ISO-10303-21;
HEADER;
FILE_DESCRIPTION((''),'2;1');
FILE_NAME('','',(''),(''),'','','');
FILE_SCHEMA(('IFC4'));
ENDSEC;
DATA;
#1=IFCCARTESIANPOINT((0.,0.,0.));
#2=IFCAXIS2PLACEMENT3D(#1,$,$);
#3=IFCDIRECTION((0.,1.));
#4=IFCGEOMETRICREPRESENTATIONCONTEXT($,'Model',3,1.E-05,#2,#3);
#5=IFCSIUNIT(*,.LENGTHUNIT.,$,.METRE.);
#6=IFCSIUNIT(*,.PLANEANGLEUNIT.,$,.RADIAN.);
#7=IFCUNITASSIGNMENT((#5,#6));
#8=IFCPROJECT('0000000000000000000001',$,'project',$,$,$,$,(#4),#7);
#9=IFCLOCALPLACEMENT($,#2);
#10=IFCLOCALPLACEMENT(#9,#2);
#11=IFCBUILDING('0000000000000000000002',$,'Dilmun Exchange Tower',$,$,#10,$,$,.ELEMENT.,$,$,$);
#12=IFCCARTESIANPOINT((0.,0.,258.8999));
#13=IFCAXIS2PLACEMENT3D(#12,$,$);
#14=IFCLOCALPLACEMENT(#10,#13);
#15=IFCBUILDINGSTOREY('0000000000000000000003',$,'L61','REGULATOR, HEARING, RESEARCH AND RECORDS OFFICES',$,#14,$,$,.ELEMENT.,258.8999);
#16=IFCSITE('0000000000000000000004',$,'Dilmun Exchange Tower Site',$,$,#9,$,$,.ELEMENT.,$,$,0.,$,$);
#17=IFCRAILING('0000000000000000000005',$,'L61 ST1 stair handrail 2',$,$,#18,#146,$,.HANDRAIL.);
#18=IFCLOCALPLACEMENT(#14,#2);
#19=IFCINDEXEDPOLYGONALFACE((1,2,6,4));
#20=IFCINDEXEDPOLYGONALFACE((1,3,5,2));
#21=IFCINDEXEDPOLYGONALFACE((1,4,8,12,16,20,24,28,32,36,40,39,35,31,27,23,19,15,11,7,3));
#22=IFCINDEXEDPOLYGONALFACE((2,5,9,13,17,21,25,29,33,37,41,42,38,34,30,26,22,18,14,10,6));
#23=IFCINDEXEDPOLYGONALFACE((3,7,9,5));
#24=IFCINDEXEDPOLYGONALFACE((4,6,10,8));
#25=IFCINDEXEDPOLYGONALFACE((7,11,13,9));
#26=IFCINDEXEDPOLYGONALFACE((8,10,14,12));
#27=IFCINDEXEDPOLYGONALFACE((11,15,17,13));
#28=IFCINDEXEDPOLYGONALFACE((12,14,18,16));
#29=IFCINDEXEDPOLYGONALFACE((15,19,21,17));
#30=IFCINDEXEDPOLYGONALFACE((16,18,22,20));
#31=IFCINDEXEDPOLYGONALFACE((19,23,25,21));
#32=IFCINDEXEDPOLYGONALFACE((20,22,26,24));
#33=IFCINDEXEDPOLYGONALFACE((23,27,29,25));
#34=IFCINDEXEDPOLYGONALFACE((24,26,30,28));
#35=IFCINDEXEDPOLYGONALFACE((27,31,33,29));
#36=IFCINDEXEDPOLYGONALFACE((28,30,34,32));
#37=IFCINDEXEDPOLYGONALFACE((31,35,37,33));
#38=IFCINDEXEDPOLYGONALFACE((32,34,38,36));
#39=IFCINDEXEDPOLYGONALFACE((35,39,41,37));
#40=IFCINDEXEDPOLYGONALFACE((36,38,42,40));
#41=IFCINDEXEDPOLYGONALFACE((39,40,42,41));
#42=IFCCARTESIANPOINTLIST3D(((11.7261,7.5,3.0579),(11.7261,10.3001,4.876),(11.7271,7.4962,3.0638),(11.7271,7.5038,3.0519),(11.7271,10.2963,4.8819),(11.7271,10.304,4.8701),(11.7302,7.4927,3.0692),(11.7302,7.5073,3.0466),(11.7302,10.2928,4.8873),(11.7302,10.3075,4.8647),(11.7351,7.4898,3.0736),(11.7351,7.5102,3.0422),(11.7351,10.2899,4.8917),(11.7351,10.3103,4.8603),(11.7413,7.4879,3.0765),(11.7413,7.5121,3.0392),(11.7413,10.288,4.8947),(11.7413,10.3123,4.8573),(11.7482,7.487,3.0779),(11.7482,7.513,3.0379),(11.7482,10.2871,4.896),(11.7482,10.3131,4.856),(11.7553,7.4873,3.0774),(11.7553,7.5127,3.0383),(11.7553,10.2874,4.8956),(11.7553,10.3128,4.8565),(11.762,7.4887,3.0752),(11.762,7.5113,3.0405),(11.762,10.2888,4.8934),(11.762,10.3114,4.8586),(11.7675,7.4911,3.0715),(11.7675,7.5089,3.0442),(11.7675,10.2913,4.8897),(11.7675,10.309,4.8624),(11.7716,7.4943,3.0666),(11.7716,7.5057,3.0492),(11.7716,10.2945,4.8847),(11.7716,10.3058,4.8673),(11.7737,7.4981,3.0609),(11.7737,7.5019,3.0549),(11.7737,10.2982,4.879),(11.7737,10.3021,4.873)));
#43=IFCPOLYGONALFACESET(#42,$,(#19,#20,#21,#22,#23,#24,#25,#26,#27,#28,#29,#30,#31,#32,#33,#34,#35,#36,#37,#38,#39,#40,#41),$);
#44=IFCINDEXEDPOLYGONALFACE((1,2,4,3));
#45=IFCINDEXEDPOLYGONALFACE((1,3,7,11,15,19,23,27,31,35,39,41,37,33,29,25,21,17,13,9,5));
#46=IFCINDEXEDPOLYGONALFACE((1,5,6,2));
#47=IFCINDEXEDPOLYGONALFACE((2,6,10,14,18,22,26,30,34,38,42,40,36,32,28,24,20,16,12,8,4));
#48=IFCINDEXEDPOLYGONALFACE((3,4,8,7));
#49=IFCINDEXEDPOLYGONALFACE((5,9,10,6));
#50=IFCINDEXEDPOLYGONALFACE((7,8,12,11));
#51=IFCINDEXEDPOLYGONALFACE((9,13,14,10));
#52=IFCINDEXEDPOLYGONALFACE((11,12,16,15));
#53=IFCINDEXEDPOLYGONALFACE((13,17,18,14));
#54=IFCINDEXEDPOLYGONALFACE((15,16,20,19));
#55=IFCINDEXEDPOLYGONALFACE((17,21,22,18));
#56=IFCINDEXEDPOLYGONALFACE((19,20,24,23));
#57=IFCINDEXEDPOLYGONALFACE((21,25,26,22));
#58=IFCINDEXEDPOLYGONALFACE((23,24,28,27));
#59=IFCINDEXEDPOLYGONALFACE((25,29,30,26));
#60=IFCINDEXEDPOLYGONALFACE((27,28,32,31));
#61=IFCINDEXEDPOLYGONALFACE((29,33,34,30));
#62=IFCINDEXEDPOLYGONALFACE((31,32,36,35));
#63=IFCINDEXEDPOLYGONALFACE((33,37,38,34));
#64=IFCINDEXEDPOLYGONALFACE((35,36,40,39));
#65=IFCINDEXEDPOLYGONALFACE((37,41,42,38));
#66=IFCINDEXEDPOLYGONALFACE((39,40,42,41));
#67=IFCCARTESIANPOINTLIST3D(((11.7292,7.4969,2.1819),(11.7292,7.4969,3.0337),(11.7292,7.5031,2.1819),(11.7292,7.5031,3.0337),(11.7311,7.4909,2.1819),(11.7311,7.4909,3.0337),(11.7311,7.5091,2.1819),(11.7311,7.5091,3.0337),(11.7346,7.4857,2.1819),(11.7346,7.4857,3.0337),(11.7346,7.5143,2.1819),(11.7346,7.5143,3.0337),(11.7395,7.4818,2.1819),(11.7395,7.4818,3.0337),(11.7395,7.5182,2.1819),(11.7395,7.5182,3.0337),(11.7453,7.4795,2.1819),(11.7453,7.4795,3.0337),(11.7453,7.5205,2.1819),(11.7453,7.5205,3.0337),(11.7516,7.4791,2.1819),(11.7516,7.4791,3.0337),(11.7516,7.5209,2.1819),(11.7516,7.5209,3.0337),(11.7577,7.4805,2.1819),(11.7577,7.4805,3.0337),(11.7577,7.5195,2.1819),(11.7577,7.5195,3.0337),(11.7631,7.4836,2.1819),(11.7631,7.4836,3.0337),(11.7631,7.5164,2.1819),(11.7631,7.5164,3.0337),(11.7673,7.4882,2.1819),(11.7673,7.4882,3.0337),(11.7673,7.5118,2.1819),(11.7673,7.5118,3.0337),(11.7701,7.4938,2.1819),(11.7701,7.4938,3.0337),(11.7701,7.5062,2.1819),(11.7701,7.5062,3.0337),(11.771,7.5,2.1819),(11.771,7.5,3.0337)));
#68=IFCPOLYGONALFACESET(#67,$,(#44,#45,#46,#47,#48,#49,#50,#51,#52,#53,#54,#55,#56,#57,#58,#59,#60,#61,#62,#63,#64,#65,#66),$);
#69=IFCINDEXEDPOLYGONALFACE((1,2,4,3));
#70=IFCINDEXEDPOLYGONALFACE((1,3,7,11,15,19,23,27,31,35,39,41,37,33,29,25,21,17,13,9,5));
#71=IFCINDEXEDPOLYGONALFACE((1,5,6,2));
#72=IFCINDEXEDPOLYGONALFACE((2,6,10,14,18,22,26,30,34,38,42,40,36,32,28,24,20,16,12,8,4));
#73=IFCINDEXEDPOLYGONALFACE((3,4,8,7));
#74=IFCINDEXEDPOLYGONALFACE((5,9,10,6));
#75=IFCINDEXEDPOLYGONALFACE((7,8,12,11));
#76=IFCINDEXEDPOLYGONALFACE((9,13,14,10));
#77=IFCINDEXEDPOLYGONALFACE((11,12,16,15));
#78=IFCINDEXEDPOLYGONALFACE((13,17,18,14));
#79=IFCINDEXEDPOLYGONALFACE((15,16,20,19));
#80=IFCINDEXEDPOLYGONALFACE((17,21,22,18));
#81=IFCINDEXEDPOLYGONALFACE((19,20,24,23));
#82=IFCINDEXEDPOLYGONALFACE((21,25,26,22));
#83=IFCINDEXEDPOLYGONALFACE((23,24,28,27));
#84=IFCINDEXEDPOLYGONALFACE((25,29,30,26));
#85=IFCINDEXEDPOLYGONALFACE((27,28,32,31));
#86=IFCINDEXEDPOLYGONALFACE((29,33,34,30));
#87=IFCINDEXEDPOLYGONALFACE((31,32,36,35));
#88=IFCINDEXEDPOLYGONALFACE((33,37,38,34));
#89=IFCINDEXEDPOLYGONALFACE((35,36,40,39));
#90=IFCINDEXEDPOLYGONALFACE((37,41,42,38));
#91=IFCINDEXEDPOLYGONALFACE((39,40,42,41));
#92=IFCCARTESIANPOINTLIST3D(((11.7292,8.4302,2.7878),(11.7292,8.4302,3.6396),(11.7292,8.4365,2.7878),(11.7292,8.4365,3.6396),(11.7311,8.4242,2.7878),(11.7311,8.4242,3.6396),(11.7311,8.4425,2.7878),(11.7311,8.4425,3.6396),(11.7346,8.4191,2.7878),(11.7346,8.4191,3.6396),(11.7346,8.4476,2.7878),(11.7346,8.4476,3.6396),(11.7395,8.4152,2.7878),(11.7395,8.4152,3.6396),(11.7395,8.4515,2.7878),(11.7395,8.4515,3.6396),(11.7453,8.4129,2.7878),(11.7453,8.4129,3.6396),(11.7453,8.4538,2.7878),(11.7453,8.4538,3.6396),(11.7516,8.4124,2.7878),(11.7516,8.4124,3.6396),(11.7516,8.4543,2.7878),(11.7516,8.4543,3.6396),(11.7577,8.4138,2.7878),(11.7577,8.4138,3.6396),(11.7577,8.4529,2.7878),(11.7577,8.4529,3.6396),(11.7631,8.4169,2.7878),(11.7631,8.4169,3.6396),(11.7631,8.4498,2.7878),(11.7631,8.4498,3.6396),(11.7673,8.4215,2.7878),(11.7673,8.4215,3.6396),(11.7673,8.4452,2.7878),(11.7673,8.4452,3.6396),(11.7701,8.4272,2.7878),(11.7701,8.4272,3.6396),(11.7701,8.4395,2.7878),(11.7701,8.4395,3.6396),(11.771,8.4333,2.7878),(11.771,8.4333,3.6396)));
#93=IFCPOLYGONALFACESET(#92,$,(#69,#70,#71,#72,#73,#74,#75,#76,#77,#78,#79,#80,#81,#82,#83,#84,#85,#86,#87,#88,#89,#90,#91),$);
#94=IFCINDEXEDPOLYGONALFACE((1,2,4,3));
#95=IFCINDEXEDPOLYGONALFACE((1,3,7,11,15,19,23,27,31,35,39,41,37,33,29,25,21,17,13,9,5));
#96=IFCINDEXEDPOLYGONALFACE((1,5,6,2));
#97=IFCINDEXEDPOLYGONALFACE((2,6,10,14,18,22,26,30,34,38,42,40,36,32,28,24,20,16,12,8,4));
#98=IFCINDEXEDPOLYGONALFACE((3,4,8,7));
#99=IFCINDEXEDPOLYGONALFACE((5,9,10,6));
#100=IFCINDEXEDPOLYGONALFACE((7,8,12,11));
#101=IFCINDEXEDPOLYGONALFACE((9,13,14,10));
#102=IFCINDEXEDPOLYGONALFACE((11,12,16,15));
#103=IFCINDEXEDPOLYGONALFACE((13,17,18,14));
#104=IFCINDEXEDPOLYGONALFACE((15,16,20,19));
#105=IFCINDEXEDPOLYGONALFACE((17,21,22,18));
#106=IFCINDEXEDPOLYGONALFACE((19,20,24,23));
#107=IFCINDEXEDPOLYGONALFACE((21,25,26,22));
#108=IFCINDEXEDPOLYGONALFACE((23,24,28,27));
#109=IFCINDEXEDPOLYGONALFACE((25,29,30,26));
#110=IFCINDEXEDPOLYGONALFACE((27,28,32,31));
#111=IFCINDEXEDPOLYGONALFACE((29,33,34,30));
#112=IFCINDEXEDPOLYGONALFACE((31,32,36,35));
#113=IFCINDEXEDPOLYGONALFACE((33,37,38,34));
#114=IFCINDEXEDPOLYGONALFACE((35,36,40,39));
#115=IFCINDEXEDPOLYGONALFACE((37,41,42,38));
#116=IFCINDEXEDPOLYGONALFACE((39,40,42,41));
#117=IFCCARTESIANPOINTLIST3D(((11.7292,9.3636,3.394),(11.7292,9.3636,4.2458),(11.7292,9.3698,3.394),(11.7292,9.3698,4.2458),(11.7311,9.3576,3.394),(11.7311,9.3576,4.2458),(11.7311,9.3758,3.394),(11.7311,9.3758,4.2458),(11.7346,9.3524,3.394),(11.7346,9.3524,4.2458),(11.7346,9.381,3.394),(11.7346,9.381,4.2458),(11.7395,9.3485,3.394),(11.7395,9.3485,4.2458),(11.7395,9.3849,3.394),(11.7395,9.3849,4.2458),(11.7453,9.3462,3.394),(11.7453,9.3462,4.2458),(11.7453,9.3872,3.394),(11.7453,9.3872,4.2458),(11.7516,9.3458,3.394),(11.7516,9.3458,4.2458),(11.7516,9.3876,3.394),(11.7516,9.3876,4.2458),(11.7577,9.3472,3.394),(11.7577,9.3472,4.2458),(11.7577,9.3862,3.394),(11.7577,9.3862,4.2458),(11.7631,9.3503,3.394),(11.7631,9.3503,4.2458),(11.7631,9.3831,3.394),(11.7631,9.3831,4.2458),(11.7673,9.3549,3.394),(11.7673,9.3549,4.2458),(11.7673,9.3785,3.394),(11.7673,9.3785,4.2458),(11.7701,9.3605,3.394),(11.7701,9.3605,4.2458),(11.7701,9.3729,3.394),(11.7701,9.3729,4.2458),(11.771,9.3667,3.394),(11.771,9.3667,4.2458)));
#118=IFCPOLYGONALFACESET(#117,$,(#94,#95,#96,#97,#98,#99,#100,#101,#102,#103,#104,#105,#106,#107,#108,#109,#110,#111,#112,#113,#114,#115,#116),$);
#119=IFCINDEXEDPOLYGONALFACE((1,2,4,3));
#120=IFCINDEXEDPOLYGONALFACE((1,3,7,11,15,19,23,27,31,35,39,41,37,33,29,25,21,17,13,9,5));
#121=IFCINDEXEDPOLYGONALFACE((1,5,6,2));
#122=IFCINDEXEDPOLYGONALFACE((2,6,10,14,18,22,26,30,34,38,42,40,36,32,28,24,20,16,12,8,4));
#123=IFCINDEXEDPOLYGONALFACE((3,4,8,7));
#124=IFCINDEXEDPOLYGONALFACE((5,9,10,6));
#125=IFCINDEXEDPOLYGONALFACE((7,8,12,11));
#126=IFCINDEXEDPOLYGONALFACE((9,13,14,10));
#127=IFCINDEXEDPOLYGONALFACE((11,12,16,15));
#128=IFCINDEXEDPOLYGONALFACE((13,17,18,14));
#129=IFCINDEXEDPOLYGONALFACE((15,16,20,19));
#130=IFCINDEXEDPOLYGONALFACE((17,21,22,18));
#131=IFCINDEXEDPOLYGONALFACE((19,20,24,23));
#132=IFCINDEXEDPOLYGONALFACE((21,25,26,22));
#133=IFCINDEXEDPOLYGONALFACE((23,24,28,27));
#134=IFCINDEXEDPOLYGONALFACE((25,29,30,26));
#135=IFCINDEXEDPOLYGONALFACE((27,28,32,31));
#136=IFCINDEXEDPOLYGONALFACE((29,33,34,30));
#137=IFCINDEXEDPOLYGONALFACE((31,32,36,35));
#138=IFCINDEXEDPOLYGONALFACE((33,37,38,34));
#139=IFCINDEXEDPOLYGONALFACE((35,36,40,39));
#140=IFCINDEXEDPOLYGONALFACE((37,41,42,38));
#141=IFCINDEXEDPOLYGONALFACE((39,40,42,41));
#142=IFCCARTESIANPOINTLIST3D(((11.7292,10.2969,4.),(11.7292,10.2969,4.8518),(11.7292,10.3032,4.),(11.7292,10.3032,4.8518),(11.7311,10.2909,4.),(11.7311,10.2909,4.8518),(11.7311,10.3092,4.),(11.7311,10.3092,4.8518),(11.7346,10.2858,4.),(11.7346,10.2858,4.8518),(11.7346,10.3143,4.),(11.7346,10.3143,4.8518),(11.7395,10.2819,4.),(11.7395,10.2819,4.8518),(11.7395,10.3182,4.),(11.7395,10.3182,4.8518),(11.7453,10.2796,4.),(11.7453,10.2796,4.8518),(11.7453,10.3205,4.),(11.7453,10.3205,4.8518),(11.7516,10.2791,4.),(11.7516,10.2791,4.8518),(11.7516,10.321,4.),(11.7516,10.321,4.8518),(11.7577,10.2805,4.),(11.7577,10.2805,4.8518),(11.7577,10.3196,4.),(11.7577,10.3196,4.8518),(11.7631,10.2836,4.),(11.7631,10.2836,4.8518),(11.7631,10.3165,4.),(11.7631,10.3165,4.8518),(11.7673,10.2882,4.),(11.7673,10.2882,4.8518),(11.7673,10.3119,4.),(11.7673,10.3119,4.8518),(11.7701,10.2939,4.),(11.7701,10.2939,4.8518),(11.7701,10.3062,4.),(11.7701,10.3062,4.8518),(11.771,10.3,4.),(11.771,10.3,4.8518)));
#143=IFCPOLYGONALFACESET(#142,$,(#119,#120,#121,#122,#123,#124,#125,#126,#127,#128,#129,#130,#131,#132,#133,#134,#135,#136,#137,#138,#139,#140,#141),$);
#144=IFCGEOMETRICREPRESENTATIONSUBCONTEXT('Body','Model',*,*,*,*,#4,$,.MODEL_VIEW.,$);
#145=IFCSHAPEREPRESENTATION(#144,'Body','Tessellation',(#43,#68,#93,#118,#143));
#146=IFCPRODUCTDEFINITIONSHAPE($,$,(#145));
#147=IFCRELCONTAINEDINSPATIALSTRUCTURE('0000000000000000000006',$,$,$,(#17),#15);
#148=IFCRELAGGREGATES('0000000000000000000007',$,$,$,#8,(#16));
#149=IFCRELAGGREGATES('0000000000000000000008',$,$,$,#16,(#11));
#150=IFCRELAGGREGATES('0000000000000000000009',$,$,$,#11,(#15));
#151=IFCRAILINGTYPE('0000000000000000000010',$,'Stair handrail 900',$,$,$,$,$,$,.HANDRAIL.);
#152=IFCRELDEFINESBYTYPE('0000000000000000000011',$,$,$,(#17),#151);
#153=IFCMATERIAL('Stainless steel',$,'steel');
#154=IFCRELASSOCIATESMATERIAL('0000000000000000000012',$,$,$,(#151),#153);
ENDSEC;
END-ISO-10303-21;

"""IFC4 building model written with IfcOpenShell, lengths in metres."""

from ifc_helpers import new_model, si_unit, direction, frame, origin, origin_2d, place, context, subcontext, project, spatial, circle, extrude, material, type_object, element, save


model = new_model("IFC4")

# Units and contexts
model_context = context("Model", 3, precision=1e-05, world=origin(), true_north=direction((0.0, 1.0)))
body_context = subcontext(model_context, "Body", "Model", "MODEL_VIEW")
ifc_project = project(units=[si_unit("LENGTHUNIT", "METRE"), si_unit("PLANEANGLEUNIT", "RADIAN")], contexts=[model_context])

# Site, building, storey
site_placement = place(None, origin())
site = spatial("IfcSite", under=ifc_project, at=site_placement, Name="Dilmun Exchange Tower Site", CompositionType="ELEMENT", RefElevation=0.0)
building_placement = place(site_placement, origin())
building = spatial("IfcBuilding", under=site, at=building_placement, Name="Dilmun Exchange Tower", CompositionType="ELEMENT")
storey_placement = place(building_placement, frame((0.0, 0.0, 258.8999)))
storey = spatial("IfcBuildingStorey", under=building, at=storey_placement, Name="L61", Description="REGULATOR, HEARING, RESEARCH AND RECORDS OFFICES", CompositionType="ELEMENT", Elevation=258.8999)

# Railing
ifc_material_1 = material(Name="Stainless steel", Category="steel")
railing_type = type_object("IfcRailingType", Name="Stair handrail 900", PredefinedType="HANDRAIL", material=ifc_material_1)
railing_1_placement = place(storey_placement, frame((11.75, 7.5, 2.1819)))
element("IfcRailing", 1, at=railing_1_placement, inside=storey, type_object=railing_type, Name="L61 ST1 stair handrail 2", PredefinedType="HANDRAIL", context=body_context, shape_type="SweptSolid", body=[
    extrude(circle(Radius=0.0239, at=origin_2d()), frame((0.0, 0.0, 0.876), z_axis=(0.0, 0.838706, 0.544585), x_axis=(-1.0, 0.0, 0.0)), (0.0, 0.0, 1.0), 3.3386),
    extrude(circle(Radius=0.021, at=origin_2d()), origin(), (0.0, 0.0, 1.0), 0.8518),
    extrude(circle(Radius=0.021, at=origin_2d()), frame((0.0, 0.9333, 0.606)), (0.0, 0.0, 1.0), 0.8518),
    extrude(circle(Radius=0.021, at=origin_2d()), frame((0.0, 1.8667, 1.2122)), (0.0, 0.0, 1.0), 0.8518),
    extrude(circle(Radius=0.021, at=origin_2d()), frame((0.0, 2.8, 1.8181)), (0.0, 0.0, 1.0), 0.8518),
])

save(model, "model.ifc")
